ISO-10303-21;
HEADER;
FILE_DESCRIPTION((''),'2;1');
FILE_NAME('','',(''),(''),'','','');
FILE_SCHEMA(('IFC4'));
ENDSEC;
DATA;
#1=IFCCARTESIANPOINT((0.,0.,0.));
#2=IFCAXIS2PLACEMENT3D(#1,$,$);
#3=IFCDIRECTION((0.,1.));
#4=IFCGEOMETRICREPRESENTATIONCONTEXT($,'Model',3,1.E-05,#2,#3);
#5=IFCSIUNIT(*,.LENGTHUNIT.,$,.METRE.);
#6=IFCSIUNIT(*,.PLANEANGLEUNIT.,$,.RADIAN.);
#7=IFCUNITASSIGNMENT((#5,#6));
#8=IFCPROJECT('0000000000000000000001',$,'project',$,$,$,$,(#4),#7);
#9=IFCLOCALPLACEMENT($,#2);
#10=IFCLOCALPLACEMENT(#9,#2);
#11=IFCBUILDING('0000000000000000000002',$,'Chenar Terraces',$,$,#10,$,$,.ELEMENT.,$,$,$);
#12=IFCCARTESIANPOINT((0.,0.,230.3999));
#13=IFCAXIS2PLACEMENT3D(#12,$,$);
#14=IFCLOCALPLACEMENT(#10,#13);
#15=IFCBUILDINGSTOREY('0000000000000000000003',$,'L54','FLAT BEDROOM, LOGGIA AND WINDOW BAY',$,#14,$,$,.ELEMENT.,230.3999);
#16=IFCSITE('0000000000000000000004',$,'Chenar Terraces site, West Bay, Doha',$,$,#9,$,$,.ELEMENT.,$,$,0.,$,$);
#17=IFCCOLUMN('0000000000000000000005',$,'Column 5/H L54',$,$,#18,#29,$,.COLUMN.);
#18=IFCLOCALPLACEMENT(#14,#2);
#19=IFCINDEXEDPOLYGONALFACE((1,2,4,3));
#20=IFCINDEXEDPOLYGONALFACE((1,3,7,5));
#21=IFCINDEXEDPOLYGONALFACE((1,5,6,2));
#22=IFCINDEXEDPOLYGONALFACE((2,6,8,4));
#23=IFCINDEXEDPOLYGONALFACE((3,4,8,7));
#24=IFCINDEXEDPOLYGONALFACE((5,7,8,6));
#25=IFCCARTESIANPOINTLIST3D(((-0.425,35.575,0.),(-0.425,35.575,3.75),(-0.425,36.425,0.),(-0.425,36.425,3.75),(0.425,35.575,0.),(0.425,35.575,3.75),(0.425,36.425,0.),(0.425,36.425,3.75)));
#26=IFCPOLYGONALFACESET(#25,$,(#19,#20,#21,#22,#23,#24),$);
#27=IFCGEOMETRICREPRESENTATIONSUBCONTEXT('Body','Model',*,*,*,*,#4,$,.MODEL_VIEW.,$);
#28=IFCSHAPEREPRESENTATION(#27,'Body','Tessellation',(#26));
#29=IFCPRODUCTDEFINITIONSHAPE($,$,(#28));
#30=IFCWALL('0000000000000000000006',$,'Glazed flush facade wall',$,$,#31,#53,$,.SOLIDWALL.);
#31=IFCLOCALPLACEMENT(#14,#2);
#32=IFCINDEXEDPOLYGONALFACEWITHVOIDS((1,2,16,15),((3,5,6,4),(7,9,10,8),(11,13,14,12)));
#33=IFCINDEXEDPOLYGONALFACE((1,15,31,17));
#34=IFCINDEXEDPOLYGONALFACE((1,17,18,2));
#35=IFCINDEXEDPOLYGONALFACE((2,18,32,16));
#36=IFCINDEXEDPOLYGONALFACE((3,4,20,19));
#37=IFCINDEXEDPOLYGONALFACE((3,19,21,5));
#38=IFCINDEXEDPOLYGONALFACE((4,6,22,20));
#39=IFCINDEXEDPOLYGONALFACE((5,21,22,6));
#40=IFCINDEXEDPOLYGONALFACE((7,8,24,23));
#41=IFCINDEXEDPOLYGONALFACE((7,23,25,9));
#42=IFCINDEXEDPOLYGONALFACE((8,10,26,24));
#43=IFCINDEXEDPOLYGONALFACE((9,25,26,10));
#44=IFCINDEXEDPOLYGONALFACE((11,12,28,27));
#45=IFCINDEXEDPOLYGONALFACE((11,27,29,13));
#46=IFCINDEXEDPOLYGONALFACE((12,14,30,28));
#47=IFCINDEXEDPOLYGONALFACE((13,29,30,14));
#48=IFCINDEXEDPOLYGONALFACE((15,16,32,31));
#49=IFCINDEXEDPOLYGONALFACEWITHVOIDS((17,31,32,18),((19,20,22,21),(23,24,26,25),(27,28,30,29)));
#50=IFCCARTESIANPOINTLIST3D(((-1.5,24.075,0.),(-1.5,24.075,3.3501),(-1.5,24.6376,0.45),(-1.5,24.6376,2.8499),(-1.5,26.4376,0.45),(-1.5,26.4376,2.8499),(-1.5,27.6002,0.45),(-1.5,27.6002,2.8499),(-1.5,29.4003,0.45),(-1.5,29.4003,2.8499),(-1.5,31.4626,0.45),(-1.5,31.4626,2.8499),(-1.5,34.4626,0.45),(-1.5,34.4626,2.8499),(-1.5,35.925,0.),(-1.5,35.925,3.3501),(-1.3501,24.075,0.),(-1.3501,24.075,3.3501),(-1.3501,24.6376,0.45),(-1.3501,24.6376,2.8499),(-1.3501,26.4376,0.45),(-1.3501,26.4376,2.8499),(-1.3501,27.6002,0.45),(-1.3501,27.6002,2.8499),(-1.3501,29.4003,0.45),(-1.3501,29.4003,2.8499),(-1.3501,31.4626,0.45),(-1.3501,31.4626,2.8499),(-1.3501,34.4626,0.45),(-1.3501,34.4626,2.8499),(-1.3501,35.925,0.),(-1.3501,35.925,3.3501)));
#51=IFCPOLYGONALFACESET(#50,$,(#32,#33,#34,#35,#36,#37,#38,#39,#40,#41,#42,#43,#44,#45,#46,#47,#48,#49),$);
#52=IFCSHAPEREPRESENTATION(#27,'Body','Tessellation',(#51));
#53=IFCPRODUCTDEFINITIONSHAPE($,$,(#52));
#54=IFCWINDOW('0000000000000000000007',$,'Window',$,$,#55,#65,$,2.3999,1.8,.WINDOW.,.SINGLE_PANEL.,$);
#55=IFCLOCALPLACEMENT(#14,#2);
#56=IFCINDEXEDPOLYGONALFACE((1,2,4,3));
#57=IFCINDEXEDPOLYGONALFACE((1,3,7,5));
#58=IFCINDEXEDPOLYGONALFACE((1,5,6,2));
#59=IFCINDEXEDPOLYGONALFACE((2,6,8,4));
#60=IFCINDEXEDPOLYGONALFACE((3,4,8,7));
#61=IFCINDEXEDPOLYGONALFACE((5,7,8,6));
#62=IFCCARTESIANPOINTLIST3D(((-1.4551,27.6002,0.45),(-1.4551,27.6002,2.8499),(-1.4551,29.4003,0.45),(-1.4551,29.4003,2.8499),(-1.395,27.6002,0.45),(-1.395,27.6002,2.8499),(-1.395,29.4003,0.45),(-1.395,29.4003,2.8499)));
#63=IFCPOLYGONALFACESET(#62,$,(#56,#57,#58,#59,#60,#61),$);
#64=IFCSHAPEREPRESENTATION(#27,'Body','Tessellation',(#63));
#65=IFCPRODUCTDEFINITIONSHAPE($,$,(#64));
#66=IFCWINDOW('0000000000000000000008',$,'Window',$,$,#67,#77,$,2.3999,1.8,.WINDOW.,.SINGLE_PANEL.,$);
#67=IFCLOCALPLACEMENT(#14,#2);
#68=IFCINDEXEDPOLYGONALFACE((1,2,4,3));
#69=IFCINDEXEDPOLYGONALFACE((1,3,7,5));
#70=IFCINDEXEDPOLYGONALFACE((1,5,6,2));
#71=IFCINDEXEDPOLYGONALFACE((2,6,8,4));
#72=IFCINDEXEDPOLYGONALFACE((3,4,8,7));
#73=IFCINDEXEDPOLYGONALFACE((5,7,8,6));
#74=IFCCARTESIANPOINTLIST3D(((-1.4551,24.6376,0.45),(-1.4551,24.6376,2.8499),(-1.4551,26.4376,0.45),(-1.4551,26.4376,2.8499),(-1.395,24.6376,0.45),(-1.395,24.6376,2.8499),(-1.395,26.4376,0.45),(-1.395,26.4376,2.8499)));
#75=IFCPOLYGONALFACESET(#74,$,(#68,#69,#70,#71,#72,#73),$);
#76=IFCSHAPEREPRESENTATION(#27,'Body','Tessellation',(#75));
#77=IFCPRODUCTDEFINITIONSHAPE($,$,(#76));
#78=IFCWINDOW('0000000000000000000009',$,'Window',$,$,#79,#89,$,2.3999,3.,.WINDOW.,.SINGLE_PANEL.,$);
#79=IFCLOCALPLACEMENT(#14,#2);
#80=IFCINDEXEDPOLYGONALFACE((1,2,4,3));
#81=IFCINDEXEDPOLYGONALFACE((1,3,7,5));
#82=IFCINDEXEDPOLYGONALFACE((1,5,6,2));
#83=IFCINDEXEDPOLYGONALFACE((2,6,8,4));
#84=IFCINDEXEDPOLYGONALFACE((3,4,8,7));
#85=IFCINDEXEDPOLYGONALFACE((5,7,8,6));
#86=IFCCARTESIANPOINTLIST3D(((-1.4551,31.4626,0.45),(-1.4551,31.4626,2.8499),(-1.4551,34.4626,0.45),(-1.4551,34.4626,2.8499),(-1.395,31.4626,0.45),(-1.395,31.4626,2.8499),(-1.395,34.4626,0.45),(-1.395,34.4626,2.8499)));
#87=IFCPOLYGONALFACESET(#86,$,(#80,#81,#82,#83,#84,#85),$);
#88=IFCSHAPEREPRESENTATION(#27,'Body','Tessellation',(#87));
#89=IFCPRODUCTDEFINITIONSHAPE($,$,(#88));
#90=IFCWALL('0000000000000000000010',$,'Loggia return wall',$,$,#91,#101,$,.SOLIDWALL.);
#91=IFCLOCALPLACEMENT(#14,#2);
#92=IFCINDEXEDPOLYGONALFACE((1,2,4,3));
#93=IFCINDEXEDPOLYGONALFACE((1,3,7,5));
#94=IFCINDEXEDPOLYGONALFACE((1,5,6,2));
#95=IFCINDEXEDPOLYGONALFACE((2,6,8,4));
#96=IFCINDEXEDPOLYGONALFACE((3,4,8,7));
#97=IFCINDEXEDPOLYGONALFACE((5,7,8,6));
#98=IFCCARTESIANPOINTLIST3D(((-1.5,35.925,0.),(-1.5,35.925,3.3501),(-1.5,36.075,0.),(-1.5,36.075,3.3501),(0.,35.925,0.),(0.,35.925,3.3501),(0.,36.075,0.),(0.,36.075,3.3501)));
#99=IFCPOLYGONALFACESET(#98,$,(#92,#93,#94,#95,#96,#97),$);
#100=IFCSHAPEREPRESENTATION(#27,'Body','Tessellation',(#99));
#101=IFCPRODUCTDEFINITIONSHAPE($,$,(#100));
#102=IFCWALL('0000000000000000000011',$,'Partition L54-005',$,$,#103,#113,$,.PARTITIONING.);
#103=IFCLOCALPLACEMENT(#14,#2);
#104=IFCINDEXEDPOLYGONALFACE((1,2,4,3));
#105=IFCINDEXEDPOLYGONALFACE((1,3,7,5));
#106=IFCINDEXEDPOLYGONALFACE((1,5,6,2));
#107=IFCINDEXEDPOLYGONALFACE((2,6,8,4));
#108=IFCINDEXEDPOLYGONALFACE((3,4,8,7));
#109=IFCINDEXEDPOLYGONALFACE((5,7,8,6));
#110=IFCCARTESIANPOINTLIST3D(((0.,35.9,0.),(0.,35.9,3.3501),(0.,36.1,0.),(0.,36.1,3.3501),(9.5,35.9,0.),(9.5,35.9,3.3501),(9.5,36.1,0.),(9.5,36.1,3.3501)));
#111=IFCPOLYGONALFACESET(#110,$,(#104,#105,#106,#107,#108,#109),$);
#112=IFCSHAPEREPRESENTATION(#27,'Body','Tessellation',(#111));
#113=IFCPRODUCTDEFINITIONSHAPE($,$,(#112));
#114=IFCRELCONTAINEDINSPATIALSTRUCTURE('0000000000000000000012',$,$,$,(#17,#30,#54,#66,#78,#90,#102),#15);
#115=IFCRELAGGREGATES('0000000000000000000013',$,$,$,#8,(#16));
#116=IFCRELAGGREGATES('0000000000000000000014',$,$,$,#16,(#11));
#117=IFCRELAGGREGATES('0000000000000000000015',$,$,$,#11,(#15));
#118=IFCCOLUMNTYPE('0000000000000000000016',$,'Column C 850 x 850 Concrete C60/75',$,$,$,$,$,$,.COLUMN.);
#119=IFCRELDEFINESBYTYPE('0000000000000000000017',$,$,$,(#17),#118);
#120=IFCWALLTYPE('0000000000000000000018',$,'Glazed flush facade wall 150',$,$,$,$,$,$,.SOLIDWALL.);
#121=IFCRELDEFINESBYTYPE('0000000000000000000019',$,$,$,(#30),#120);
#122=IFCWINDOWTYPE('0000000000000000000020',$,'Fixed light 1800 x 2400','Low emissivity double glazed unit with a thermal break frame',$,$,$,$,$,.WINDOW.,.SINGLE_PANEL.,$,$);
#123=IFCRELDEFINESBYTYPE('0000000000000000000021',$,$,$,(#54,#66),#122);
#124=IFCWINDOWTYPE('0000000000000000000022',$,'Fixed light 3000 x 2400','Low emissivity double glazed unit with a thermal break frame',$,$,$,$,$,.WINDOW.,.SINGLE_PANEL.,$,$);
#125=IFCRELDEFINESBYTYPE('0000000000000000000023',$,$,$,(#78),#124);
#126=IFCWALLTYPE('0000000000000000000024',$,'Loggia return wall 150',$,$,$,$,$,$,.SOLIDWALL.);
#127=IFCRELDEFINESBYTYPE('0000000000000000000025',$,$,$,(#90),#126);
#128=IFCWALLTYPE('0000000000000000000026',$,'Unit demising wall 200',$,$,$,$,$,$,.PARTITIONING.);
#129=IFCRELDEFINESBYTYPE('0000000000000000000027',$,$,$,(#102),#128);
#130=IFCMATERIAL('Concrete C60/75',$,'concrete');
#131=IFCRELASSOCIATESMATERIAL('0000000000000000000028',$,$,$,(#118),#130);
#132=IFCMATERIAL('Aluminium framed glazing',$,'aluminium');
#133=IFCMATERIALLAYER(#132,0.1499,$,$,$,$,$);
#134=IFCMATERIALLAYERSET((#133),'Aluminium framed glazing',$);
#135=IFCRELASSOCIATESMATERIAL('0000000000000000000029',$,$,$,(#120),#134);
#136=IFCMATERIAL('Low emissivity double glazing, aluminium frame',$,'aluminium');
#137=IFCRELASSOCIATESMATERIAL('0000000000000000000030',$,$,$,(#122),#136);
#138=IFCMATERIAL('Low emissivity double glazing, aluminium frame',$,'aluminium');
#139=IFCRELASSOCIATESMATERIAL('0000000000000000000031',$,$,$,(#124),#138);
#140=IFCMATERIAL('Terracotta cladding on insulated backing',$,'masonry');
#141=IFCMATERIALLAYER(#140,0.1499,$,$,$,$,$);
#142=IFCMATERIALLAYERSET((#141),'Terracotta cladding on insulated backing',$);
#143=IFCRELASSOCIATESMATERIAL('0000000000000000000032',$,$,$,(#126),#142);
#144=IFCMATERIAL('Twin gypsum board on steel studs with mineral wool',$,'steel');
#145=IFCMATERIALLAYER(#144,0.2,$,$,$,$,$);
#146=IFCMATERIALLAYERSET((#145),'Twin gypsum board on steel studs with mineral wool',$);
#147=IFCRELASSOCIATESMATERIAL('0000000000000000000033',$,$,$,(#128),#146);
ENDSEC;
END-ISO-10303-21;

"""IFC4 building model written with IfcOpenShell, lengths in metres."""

from ifc_helpers import new_model, si_unit, direction, frame, frame_2d, origin, origin_2d, place, context, subcontext, project, spatial, rectangle, extrude, material, layer, layer_set, material_profile, profile_set, type_object, element, fill, save


model = new_model("IFC4")

# Units and contexts
model_context = context("Model", 3, precision=1e-05, world=origin(), true_north=direction((0.0, 1.0)))
body_context = subcontext(model_context, "Body", "Model", "MODEL_VIEW")
ifc_project = project(units=[si_unit("LENGTHUNIT", "METRE"), si_unit("PLANEANGLEUNIT", "RADIAN")], contexts=[model_context])

# Site, building, storey
site_placement = place(None, origin())
site = spatial("IfcSite", under=ifc_project, at=site_placement, Name="Chenar Terraces site, West Bay, Doha", CompositionType="ELEMENT", RefElevation=0.0)
building_placement = place(site_placement, origin())
building = spatial("IfcBuilding", under=site, at=building_placement, Name="Chenar Terraces", CompositionType="ELEMENT")
storey_placement = place(building_placement, frame((0.0, 0.0, 230.3999)))
storey = spatial("IfcBuildingStorey", under=building, at=storey_placement, Name="L54", Description="FLAT BEDROOM, LOGGIA AND WINDOW BAY", CompositionType="ELEMENT", Elevation=230.3999)

# Column
ifc_material_1 = material(Name="Concrete C60/75", Category="concrete")
ifc_material_profile = material_profile(ifc_material_1, rectangle(XDim=0.8501, YDim=0.8501, at=origin_2d()), Name="C 850 x 850")
ifc_profile_set = profile_set([ifc_material_profile], Name="Concrete C60/75")
column_type = type_object("IfcColumnType", Name="Column C 850 x 850 Concrete C60/75", PredefinedType="COLUMN", material=ifc_profile_set)
placement = place(storey_placement, frame((0.0, 36.0, 0.0), z_axis=(0.0, 0.0, 1.0), x_axis=(1.0, 0.0, 0.0)))
element("IfcColumn", 1, at=placement, inside=storey, type_object=column_type, Name="Column 5/H L54", PredefinedType="COLUMN", context=body_context, shape_type="SweptSolid", body=[
    extrude(rectangle(XDim=0.8501, YDim=0.8501, at=origin_2d()), origin(), (0.0, 0.0, 1.0), 3.75),
])

# Wall, openings, windows
ifc_material_2 = material(Name="Aluminium framed glazing", Category="aluminium")
ifc_layer_1 = layer(ifc_material_2, 0.1499)
ifc_layer_set_1 = layer_set([ifc_layer_1], Name="Aluminium framed glazing")
wall_type_1 = type_object("IfcWallType", Name="Glazed flush facade wall 150", PredefinedType="SOLIDWALL", material=ifc_layer_set_1)
wall_1_placement = place(storey_placement, frame((-1.425, 35.925, 0.0), z_axis=(0.0, 0.0, 1.0), x_axis=(0.0, -1.0, 0.0)))
wall_1 = element("IfcWall", 2, at=wall_1_placement, inside=storey, type_object=wall_type_1, Name="Glazed flush facade wall", PredefinedType="SOLIDWALL", context=body_context, shape_type="SweptSolid", body=[
    extrude(rectangle(XDim=11.8501, YDim=0.1499, at=frame_2d((5.925, 0.0))), origin(), (0.0, 0.0, 1.0), 3.3501),
])
opening_1_placement = place(wall_1_placement, frame((1.4624, 0.0, 0.45)))
opening_1 = element("IfcOpeningElement", 3, at=opening_1_placement, cuts=wall_1, PredefinedType="OPENING", context=body_context, shape_type="SweptSolid", body=[
    extrude(rectangle(XDim=3.0, YDim=2.3999, at=frame_2d((1.5, 1.2))), frame((0.0, 0.085, 0.0), z_axis=(0.0, -1.0, 0.0), x_axis=(1.0, 0.0, 0.0)), (0.0, 0.0, 1.0), 0.1699),
])
opening_2_placement = place(wall_1_placement, frame((6.5249, 0.0, 0.45)))
opening_2 = element("IfcOpeningElement", 4, at=opening_2_placement, cuts=wall_1, PredefinedType="OPENING", context=body_context, shape_type="SweptSolid", body=[
    extrude(rectangle(XDim=1.8, YDim=2.3999, at=frame_2d((0.8999, 1.2))), frame((0.0, 0.085, 0.0), z_axis=(0.0, -1.0, 0.0), x_axis=(1.0, 0.0, 0.0)), (0.0, 0.0, 1.0), 0.1699),
])
opening_3_placement = place(wall_1_placement, frame((9.4875, 0.0, 0.45)))
opening_3 = element("IfcOpeningElement", 5, at=opening_3_placement, cuts=wall_1, PredefinedType="OPENING", context=body_context, shape_type="SweptSolid", body=[
    extrude(rectangle(XDim=1.8, YDim=2.3999, at=frame_2d((0.8999, 1.2))), frame((0.0, 0.085, 0.0), z_axis=(0.0, -1.0, 0.0), x_axis=(1.0, 0.0, 0.0)), (0.0, 0.0, 1.0), 0.1699),
])
ifc_material_3 = material(Name="Low emissivity double glazing, aluminium frame", Category="aluminium")
window_type_1 = type_object("IfcWindowType", Name="Fixed light 1800 x 2400", Description="Low emissivity double glazed unit with a thermal break frame", PartitioningType="SINGLE_PANEL", PredefinedType="WINDOW", material=ifc_material_3)
window_1_placement = place(opening_2_placement, origin())
window_1 = element("IfcWindow", 6, at=window_1_placement, inside=storey, type_object=window_type_1, Name="Window", OverallHeight=2.3999, OverallWidth=1.8, PartitioningType="SINGLE_PANEL", PredefinedType="WINDOW", context=body_context, shape_type="SweptSolid", body=[
    extrude(rectangle(XDim=1.8, YDim=2.3999, at=frame_2d((0.8999, 1.2))), frame((0.0, 0.03, 0.0), z_axis=(0.0, -1.0, 0.0), x_axis=(1.0, 0.0, 0.0)), (0.0, 0.0, 1.0), 0.0601),
])
fill(opening_2, window_1)
window_2_placement = place(opening_3_placement, origin())
window_2 = element("IfcWindow", 7, at=window_2_placement, inside=storey, type_object=window_type_1, Name="Window", OverallHeight=2.3999, OverallWidth=1.8, PartitioningType="SINGLE_PANEL", PredefinedType="WINDOW", context=body_context, shape_type="SweptSolid", body=[
    extrude(rectangle(XDim=1.8, YDim=2.3999, at=frame_2d((0.8999, 1.2))), frame((0.0, 0.03, 0.0), z_axis=(0.0, -1.0, 0.0), x_axis=(1.0, 0.0, 0.0)), (0.0, 0.0, 1.0), 0.0601),
])
fill(opening_3, window_2)
ifc_material_4 = material(Name="Low emissivity double glazing, aluminium frame", Category="aluminium")
window_type_2 = type_object("IfcWindowType", Name="Fixed light 3000 x 2400", Description="Low emissivity double glazed unit with a thermal break frame", PartitioningType="SINGLE_PANEL", PredefinedType="WINDOW", material=ifc_material_4)
window_3_placement = place(opening_1_placement, origin())
window_3 = element("IfcWindow", 8, at=window_3_placement, inside=storey, type_object=window_type_2, Name="Window", OverallHeight=2.3999, OverallWidth=3.0, PartitioningType="SINGLE_PANEL", PredefinedType="WINDOW", context=body_context, shape_type="SweptSolid", body=[
    extrude(rectangle(XDim=3.0, YDim=2.3999, at=frame_2d((1.5, 1.2))), frame((0.0, 0.03, 0.0), z_axis=(0.0, -1.0, 0.0), x_axis=(1.0, 0.0, 0.0)), (0.0, 0.0, 1.0), 0.0601),
])
fill(opening_1, window_3)

# Walls
ifc_material_5 = material(Name="Terracotta cladding on insulated backing", Category="masonry")
ifc_layer_2 = layer(ifc_material_5, 0.1499)
ifc_layer_set_2 = layer_set([ifc_layer_2], Name="Terracotta cladding on insulated backing")
wall_type_2 = type_object("IfcWallType", Name="Loggia return wall 150", PredefinedType="SOLIDWALL", material=ifc_layer_set_2)
wall_2_placement = place(storey_placement, frame((-1.5, 36.0, 0.0), z_axis=(0.0, 0.0, 1.0), x_axis=(1.0, 0.0, 0.0)))
element("IfcWall", 9, at=wall_2_placement, inside=storey, type_object=wall_type_2, Name="Loggia return wall", PredefinedType="SOLIDWALL", context=body_context, shape_type="SweptSolid", body=[
    extrude(rectangle(XDim=1.5, YDim=0.1499, at=frame_2d((0.75, 0.0))), origin(), (0.0, 0.0, 1.0), 3.3501),
])
ifc_material_6 = material(Name="Twin gypsum board on steel studs with mineral wool", Category="steel")
ifc_layer_3 = layer(ifc_material_6, 0.2)
ifc_layer_set_3 = layer_set([ifc_layer_3], Name="Twin gypsum board on steel studs with mineral wool")
wall_type_3 = type_object("IfcWallType", Name="Unit demising wall 200", PredefinedType="PARTITIONING", material=ifc_layer_set_3)
element("IfcWall", 10, at=placement, inside=storey, type_object=wall_type_3, Name="Partition L54-005", PredefinedType="PARTITIONING", context=body_context, shape_type="SweptSolid", body=[
    extrude(rectangle(XDim=9.5, YDim=0.2, at=frame_2d((4.75, 0.0))), origin(), (0.0, 0.0, 1.0), 3.3501),
])

save(model, "model.ifc")
